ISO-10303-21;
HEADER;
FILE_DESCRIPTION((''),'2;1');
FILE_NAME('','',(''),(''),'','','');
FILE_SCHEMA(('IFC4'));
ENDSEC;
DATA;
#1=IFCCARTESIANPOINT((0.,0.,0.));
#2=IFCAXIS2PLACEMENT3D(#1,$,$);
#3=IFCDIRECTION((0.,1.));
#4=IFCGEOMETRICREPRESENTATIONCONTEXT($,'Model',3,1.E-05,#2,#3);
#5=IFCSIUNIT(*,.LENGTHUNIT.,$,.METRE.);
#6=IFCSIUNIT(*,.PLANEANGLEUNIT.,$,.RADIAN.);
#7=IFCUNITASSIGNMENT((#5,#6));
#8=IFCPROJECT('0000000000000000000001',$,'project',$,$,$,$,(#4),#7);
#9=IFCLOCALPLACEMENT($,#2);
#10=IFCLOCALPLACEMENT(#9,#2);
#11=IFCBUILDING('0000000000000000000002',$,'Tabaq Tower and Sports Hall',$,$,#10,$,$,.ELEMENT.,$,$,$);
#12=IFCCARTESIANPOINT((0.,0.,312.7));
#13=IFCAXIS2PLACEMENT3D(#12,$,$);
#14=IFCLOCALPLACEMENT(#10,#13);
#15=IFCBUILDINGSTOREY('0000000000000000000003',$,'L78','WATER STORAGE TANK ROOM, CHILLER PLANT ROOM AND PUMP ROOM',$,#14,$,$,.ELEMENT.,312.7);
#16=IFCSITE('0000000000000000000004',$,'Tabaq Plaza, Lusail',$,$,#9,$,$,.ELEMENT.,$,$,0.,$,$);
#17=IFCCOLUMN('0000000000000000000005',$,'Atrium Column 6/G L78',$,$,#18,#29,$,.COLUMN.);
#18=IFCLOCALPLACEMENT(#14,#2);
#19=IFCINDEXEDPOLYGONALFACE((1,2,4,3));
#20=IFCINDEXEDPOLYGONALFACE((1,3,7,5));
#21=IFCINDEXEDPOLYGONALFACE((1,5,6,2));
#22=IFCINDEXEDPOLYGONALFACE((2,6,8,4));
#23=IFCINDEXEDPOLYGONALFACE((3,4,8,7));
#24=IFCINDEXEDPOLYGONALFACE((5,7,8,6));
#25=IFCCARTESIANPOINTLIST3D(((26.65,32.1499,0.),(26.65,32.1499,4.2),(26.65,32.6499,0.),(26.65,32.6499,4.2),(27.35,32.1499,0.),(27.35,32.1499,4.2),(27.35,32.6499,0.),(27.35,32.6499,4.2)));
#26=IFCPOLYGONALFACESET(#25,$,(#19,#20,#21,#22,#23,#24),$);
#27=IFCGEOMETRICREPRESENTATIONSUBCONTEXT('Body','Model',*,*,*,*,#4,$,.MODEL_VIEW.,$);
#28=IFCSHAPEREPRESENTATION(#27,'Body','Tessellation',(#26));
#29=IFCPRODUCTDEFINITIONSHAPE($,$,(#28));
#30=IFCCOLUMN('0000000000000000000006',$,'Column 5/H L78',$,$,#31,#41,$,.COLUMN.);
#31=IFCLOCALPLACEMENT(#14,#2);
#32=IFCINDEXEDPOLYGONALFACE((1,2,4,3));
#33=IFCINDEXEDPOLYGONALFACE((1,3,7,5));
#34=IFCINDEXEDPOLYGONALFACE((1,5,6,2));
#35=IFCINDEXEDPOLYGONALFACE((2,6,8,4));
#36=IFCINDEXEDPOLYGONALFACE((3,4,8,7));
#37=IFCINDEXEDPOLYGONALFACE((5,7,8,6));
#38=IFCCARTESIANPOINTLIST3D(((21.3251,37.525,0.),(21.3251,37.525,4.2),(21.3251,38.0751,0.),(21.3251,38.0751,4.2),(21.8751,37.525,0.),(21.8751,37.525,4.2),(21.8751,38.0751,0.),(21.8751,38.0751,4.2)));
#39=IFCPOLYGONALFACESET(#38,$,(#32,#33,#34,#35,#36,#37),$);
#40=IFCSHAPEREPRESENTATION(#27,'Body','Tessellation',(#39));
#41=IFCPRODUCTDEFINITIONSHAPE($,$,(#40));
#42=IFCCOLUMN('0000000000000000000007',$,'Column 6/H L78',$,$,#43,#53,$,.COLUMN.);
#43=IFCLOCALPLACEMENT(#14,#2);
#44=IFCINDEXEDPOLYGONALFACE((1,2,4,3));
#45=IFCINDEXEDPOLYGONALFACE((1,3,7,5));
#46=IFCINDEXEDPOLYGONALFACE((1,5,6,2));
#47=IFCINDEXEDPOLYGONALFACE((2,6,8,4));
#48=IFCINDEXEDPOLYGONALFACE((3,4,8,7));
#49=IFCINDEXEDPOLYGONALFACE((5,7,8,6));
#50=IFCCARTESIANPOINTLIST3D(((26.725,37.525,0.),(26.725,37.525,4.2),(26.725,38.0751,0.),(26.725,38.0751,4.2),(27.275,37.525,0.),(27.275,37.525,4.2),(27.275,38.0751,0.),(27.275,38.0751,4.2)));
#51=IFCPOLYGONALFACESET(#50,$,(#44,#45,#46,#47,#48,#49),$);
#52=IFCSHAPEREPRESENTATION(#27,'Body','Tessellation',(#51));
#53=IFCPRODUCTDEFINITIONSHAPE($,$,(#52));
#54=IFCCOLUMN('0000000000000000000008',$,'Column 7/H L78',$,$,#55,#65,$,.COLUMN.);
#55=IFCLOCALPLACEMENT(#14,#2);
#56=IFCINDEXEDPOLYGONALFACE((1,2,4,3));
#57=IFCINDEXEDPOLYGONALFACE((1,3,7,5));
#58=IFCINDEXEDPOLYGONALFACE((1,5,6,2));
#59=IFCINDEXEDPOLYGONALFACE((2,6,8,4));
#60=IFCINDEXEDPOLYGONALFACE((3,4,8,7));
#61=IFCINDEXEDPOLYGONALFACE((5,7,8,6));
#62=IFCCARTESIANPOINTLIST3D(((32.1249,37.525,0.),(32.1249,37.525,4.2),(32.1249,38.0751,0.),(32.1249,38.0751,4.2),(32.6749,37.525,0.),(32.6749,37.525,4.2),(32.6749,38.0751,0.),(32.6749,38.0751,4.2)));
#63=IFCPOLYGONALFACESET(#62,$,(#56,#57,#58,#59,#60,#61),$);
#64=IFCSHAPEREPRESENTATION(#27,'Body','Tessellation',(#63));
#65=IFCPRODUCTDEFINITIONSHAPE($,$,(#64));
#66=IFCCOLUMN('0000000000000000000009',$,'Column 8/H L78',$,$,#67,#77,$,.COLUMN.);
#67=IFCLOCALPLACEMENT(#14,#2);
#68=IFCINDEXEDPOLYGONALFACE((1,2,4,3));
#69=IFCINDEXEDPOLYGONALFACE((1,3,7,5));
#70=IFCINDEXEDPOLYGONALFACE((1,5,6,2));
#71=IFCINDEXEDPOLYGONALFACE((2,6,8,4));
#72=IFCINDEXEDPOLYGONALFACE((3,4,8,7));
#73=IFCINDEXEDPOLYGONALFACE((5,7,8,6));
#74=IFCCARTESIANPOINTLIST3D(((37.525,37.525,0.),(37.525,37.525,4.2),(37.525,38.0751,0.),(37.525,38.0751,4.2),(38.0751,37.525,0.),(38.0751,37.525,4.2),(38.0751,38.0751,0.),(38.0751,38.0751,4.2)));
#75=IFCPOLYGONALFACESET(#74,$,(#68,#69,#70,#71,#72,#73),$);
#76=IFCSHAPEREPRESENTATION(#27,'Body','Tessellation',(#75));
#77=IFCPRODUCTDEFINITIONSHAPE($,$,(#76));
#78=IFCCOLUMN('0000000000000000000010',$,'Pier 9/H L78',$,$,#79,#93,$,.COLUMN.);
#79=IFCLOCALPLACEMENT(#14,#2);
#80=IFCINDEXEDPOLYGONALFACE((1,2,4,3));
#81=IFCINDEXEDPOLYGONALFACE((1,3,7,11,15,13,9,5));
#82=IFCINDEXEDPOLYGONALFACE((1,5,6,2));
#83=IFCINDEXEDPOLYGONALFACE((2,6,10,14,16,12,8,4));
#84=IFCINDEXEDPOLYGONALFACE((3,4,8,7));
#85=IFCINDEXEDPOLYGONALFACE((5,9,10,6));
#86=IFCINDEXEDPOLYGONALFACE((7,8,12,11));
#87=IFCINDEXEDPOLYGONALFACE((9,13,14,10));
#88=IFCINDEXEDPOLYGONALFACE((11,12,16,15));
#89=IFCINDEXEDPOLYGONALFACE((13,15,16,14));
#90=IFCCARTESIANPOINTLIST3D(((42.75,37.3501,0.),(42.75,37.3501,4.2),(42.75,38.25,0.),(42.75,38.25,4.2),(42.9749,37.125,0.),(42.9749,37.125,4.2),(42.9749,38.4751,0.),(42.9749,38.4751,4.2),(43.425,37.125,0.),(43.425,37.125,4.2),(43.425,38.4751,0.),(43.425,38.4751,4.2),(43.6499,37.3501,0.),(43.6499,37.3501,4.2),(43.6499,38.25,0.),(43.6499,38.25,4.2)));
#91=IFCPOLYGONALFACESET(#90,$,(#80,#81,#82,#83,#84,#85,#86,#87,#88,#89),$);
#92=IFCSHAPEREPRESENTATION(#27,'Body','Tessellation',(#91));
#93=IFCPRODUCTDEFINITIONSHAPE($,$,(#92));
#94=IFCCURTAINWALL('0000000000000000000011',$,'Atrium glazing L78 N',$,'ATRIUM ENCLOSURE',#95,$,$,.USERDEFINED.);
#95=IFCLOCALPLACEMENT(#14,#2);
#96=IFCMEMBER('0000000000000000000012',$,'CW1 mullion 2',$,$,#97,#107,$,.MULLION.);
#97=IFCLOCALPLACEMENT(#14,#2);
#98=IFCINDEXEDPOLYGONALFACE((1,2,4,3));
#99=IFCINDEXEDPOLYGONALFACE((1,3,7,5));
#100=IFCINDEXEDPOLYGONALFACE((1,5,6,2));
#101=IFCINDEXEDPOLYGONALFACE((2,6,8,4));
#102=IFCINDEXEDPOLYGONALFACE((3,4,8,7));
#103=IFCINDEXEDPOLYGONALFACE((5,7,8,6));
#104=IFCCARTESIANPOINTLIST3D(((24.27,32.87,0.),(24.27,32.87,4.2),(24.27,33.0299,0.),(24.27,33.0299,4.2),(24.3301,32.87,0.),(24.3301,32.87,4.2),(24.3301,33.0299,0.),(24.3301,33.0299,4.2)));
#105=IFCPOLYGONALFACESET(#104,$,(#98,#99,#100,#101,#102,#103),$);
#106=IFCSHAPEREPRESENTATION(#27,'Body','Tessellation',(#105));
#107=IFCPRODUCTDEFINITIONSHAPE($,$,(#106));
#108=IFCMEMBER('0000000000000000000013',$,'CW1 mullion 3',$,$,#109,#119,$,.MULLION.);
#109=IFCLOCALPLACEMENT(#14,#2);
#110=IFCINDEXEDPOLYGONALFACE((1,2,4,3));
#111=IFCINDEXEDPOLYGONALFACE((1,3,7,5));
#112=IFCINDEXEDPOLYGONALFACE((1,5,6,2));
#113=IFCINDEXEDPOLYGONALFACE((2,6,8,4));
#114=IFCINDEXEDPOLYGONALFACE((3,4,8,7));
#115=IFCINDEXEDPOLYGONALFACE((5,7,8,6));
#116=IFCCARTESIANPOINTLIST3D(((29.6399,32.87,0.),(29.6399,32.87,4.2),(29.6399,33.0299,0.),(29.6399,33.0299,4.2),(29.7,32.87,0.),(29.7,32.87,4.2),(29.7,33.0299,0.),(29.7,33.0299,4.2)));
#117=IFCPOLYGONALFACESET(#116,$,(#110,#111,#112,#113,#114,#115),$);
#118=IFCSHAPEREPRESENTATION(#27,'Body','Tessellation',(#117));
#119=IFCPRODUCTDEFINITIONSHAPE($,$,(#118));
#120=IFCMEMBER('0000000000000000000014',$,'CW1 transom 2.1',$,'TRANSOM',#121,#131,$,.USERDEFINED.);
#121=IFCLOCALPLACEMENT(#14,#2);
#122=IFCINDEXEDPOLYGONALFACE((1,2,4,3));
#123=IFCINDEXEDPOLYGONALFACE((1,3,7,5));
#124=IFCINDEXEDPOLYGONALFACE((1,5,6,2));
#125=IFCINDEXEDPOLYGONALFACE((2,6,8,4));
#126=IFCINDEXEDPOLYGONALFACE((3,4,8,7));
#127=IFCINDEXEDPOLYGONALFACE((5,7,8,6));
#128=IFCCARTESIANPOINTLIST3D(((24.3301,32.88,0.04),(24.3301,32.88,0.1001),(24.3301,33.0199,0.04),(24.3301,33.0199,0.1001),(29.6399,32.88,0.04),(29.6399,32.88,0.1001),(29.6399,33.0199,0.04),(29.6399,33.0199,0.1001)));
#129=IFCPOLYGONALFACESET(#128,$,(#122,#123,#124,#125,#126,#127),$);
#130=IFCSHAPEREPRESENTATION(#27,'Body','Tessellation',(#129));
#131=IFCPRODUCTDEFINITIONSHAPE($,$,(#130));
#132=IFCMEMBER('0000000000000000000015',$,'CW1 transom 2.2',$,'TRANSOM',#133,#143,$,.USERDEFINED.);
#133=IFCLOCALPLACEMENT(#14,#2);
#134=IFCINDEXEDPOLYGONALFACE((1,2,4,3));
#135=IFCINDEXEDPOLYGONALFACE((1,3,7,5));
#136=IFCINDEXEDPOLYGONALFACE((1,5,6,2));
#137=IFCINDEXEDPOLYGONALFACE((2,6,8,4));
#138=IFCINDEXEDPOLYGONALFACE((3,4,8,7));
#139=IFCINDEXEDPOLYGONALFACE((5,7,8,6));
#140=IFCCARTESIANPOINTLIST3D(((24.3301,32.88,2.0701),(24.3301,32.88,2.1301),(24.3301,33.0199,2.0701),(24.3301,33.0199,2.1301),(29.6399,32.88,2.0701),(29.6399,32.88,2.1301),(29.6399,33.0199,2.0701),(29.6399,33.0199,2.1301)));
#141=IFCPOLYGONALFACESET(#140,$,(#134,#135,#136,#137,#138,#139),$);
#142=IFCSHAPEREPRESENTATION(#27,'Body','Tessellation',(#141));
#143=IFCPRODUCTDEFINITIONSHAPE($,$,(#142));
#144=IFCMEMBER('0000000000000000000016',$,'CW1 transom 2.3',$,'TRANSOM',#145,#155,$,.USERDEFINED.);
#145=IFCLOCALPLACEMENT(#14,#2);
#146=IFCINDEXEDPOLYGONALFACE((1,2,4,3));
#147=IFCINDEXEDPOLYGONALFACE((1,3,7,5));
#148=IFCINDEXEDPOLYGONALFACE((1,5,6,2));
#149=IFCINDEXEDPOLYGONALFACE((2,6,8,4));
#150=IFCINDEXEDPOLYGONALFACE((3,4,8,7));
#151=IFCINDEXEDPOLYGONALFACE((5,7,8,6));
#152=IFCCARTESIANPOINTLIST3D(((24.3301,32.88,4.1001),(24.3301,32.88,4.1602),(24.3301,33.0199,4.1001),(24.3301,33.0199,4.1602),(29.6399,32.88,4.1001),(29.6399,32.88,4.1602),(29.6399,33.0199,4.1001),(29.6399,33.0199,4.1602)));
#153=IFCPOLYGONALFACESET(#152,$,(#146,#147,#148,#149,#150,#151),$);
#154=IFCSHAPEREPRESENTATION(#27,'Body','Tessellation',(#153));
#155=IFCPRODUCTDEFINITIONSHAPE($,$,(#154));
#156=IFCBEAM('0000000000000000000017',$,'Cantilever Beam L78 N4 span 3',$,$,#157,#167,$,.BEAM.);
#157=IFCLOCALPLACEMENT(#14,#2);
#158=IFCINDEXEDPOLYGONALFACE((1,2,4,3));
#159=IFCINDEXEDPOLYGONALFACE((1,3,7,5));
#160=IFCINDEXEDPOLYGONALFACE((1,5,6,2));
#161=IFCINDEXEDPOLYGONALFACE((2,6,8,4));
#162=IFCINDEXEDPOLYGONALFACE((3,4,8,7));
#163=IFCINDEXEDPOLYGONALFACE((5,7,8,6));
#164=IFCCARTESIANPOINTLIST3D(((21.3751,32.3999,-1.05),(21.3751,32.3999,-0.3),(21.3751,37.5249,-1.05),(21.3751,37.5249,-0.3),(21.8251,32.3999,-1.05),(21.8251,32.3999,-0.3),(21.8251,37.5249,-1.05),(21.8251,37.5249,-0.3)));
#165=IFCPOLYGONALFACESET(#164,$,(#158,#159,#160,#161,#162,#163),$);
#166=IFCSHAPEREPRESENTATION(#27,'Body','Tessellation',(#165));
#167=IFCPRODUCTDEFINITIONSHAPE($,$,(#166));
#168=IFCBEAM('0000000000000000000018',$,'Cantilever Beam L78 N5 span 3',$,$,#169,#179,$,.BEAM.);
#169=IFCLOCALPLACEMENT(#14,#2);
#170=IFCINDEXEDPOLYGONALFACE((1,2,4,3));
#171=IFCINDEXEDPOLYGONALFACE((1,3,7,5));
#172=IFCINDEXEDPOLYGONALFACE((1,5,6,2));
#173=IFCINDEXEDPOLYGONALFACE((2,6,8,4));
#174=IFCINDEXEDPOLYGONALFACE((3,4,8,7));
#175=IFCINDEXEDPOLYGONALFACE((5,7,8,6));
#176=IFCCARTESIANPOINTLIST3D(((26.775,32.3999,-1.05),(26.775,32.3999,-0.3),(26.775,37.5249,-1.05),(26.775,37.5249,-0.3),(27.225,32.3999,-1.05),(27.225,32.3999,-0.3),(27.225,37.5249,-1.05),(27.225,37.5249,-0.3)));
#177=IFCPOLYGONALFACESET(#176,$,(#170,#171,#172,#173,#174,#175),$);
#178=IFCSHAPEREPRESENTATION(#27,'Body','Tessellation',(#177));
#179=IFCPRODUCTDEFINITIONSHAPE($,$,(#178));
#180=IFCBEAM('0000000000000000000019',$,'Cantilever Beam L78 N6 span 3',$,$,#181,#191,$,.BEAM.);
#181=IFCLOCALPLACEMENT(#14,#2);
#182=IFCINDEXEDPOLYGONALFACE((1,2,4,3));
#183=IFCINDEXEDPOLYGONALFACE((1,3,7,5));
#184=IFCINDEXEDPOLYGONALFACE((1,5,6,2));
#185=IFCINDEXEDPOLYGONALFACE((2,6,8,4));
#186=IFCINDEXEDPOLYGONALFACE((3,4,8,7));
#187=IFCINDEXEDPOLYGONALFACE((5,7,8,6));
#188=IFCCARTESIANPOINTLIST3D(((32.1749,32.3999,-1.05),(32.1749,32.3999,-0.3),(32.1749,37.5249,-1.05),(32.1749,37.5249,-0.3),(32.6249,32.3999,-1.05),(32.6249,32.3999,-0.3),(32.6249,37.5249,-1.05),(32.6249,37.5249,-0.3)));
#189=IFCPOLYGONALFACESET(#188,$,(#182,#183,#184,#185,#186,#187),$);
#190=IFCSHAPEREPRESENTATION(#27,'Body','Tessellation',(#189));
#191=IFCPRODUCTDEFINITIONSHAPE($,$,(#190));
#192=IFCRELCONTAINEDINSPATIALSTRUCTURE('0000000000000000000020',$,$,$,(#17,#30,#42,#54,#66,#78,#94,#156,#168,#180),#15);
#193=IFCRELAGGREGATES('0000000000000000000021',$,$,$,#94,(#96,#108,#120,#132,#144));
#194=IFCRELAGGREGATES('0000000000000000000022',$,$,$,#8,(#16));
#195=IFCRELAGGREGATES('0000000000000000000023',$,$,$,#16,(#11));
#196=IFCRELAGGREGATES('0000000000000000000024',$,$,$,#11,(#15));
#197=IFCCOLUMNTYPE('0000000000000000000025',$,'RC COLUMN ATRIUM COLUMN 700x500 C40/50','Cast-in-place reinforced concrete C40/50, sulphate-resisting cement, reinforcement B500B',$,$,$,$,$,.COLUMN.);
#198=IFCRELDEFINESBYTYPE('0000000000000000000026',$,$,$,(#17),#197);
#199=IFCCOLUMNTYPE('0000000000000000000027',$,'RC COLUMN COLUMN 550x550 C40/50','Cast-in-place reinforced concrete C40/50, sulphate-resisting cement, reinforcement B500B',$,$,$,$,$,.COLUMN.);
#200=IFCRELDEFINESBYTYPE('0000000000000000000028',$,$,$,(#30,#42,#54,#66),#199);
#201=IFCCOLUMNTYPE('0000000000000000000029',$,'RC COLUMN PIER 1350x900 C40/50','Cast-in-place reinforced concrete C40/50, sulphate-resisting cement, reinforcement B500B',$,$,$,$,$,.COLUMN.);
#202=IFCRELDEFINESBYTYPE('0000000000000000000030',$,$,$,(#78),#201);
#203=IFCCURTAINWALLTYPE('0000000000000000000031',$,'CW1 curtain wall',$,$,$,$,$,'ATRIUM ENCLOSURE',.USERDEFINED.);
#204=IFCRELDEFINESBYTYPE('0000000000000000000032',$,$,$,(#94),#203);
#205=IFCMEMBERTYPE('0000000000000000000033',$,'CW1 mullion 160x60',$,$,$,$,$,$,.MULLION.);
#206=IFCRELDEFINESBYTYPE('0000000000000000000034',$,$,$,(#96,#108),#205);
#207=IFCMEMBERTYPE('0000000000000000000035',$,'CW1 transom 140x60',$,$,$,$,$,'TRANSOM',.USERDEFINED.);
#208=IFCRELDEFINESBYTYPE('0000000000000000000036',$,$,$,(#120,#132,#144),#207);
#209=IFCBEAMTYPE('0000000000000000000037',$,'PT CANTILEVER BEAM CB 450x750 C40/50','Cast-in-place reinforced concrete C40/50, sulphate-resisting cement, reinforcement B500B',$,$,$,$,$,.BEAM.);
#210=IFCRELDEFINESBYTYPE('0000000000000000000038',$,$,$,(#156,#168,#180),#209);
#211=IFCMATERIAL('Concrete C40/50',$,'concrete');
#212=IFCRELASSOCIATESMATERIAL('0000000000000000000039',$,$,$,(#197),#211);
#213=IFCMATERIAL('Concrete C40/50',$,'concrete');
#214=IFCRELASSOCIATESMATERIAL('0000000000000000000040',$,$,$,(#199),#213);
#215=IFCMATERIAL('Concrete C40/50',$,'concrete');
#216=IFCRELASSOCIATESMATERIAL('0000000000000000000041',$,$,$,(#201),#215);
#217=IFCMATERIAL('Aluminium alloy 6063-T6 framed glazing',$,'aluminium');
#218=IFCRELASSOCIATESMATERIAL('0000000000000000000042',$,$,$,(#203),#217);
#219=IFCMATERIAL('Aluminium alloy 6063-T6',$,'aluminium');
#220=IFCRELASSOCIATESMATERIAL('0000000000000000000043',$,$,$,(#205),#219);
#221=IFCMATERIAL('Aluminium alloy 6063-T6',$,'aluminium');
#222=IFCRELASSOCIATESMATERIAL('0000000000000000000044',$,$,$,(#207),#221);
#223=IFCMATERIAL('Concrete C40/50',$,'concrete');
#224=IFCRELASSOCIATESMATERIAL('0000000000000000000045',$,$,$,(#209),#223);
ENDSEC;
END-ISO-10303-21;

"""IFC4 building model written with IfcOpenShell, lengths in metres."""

from ifc_helpers import new_model, si_unit, direction, frame, origin, origin_2d, place, context, subcontext, project, spatial, polyline, rectangle, outline, extrude, material, material_profile, profile_set, type_object, element, aggregate, save


model = new_model("IFC4")

# Units and contexts
model_context = context("Model", 3, precision=1e-05, world=origin(), true_north=direction((0.0, 1.0)))
body_context = subcontext(model_context, "Body", "Model", "MODEL_VIEW")
ifc_project = project(units=[si_unit("LENGTHUNIT", "METRE"), si_unit("PLANEANGLEUNIT", "RADIAN")], contexts=[model_context])

# Site, building, storey
site_placement = place(None, origin())
site = spatial("IfcSite", under=ifc_project, at=site_placement, Name="Tabaq Plaza, Lusail", CompositionType="ELEMENT", RefElevation=0.0)
building_placement = place(site_placement, origin())
building = spatial("IfcBuilding", under=site, at=building_placement, Name="Tabaq Tower and Sports Hall", CompositionType="ELEMENT")
storey_placement = place(building_placement, frame((0.0, 0.0, 312.7)))
storey = spatial("IfcBuildingStorey", under=building, at=storey_placement, Name="L78", Description="WATER STORAGE TANK ROOM, CHILLER PLANT ROOM AND PUMP ROOM", CompositionType="ELEMENT", Elevation=312.7)

# Columns
ifc_material_1 = material(Name="Concrete C40/50", Category="concrete")
ifc_material_profile_1 = material_profile(ifc_material_1, rectangle(XDim=0.7, YDim=0.5, at=origin_2d()), Name="ATRIUM COLUMN 700x500")
ifc_profile_set_1 = profile_set([ifc_material_profile_1], Name="Concrete C40/50")
column_type_1 = type_object("IfcColumnType", Name="RC COLUMN ATRIUM COLUMN 700x500 C40/50", Description="Cast-in-place reinforced concrete C40/50, sulphate-resisting cement, reinforcement B500B", PredefinedType="COLUMN", material=ifc_profile_set_1)
column_1_placement = place(storey_placement, frame((27.0, 32.3999, 0.0), z_axis=(0.0, 0.0, 1.0), x_axis=(1.0, 0.0, 0.0)))
element("IfcColumn", 1, at=column_1_placement, inside=storey, type_object=column_type_1, Name="Atrium Column 6/G L78", PredefinedType="COLUMN", context=body_context, shape_type="SweptSolid", body=[
    extrude(rectangle(XDim=0.7, YDim=0.5, at=origin_2d()), origin(), (0.0, 0.0, 1.0), 4.2),
])
ifc_material_2 = material(Name="Concrete C40/50", Category="concrete")
ifc_material_profile_2 = material_profile(ifc_material_2, rectangle(XDim=0.55, YDim=0.55, at=origin_2d()), Name="COLUMN 550x550")
ifc_profile_set_2 = profile_set([ifc_material_profile_2], Name="Concrete C40/50")
column_type_2 = type_object("IfcColumnType", Name="RC COLUMN COLUMN 550x550 C40/50", Description="Cast-in-place reinforced concrete C40/50, sulphate-resisting cement, reinforcement B500B", PredefinedType="COLUMN", material=ifc_profile_set_2)
for number, where, z_axis, x_axis, name in (
    (2, (21.6001, 37.8, 0.0), (0.0, 0.0, 1.0), (1.0, 0.0, 0.0), "Column 5/H L78"),
    (3, (27.0, 37.8, 0.0), (0.0, 0.0, 1.0), (1.0, 0.0, 0.0), "Column 6/H L78"),
    (4, (32.3999, 37.8, 0.0), (0.0, 0.0, 1.0), (1.0, 0.0, 0.0), "Column 7/H L78"),
    (5, (37.8, 37.8, 0.0), (0.0, 0.0, 1.0), (1.0, 0.0, 0.0), "Column 8/H L78"),
):
    element("IfcColumn", number, at=place(storey_placement, frame(where, z_axis=z_axis, x_axis=x_axis)), inside=storey, type_object=column_type_2, Name=name, PredefinedType="COLUMN", context=body_context, shape_type="SweptSolid", body=[
        extrude(rectangle(XDim=0.55, YDim=0.55, at=origin_2d()), origin(), (0.0, 0.0, 1.0), 4.2),
    ])
ifc_material_3 = material(Name="Concrete C40/50", Category="concrete")
ifc_material_profile_3 = material_profile(ifc_material_3, outline(polyline([(-0.45, -0.45), (0.45, -0.45), (0.675, -0.2251), (0.675, 0.2251), (0.45, 0.45), (-0.45, 0.45), (-0.675, 0.2251), (-0.675, -0.2251), (-0.45, -0.45)])), Name="PIER 1350x900")
ifc_profile_set_3 = profile_set([ifc_material_profile_3], Name="Concrete C40/50")
column_type_3 = type_object("IfcColumnType", Name="RC COLUMN PIER 1350x900 C40/50", Description="Cast-in-place reinforced concrete C40/50, sulphate-resisting cement, reinforcement B500B", PredefinedType="COLUMN", material=ifc_profile_set_3)
column_2_placement = place(storey_placement, frame((43.2, 37.8, 0.0), z_axis=(0.0, 0.0, 1.0), x_axis=(0.0, 1.0, 0.0)))
element("IfcColumn", 6, at=column_2_placement, inside=storey, type_object=column_type_3, Name="Pier 9/H L78", PredefinedType="COLUMN", context=body_context, shape_type="SweptSolid", body=[
    extrude(outline(polyline([(-0.45, -0.45), (0.45, -0.45), (0.675, -0.2251), (0.675, 0.2251), (0.45, 0.45), (-0.45, 0.45), (-0.675, 0.2251), (-0.675, -0.2251), (-0.45, -0.45)])), origin(), (0.0, 0.0, 1.0), 4.2),
])

# Curtain wall, members
ifc_material_4 = material(Name="Aluminium alloy 6063-T6 framed glazing", Category="aluminium")
curtain_wall_type = type_object("IfcCurtainWallType", Name="CW1 curtain wall", ElementType="ATRIUM ENCLOSURE", PredefinedType="USERDEFINED", material=ifc_material_4)
curtain_wall_placement = place(storey_placement, origin())
curtain_wall = element("IfcCurtainWall", 7, at=curtain_wall_placement, inside=storey, type_object=curtain_wall_type, Name="Atrium glazing L78 N", ObjectType="ATRIUM ENCLOSURE", PredefinedType="USERDEFINED")
ifc_material_5 = material(Name="Aluminium alloy 6063-T6", Category="aluminium")
ifc_material_profile_4 = material_profile(ifc_material_5, rectangle(XDim=0.1599, YDim=0.0601, at=origin_2d()), Name="MULLION 160x60")
ifc_profile_set_4 = profile_set([ifc_material_profile_4], Name="Aluminium alloy 6063-T6")
member_type_1 = type_object("IfcMemberType", Name="CW1 mullion 160x60", PredefinedType="MULLION", material=ifc_profile_set_4)
member_1_placement = place(storey_placement, frame((24.3, 32.95, 0.0), z_axis=(0.0, 0.0, 1.0), x_axis=(0.0, 1.0, 0.0)))
member_1 = element("IfcMember", 8, at=member_1_placement, type_object=member_type_1, Name="CW1 mullion 2", PredefinedType="MULLION", context=body_context, shape_type="SweptSolid", body=[
    extrude(rectangle(XDim=0.1599, YDim=0.0601, at=origin_2d()), origin(), (0.0, 0.0, 1.0), 4.2),
])
member_2_placement = place(storey_placement, frame((29.6699, 32.95, 0.0), z_axis=(0.0, 0.0, 1.0), x_axis=(0.0, 1.0, 0.0)))
member_2 = element("IfcMember", 9, at=member_2_placement, type_object=member_type_1, Name="CW1 mullion 3", PredefinedType="MULLION", context=body_context, shape_type="SweptSolid", body=[
    extrude(rectangle(XDim=0.1599, YDim=0.0601, at=origin_2d()), origin(), (0.0, 0.0, 1.0), 4.2),
])
ifc_material_6 = material(Name="Aluminium alloy 6063-T6", Category="aluminium")
ifc_material_profile_5 = material_profile(ifc_material_6, rectangle(XDim=0.1399, YDim=0.0601, at=origin_2d()), Name="TRANSOM 140x60")
ifc_profile_set_5 = profile_set([ifc_material_profile_5], Name="Aluminium alloy 6063-T6")
member_type_2 = type_object("IfcMemberType", Name="CW1 transom 140x60", ElementType="TRANSOM", PredefinedType="USERDEFINED", material=ifc_profile_set_5)
member_3_placement = place(storey_placement, frame((24.3301, 32.95, 0.0701), z_axis=(1.0, 0.0, 0.0), x_axis=(0.0, 1.0, 0.0)))
member_3 = element("IfcMember", 10, at=member_3_placement, type_object=member_type_2, Name="CW1 transom 2.1", ObjectType="TRANSOM", PredefinedType="USERDEFINED", context=body_context, shape_type="SweptSolid", body=[
    extrude(rectangle(XDim=0.1399, YDim=0.0601, at=origin_2d()), origin(), (0.0, 0.0, 1.0), 5.3098),
])
member_4_placement = place(storey_placement, frame((24.3301, 32.95, 2.1001), z_axis=(1.0, 0.0, 0.0), x_axis=(0.0, 1.0, 0.0)))
member_4 = element("IfcMember", 11, at=member_4_placement, type_object=member_type_2, Name="CW1 transom 2.2", ObjectType="TRANSOM", PredefinedType="USERDEFINED", context=body_context, shape_type="SweptSolid", body=[
    extrude(rectangle(XDim=0.1399, YDim=0.0601, at=origin_2d()), origin(), (0.0, 0.0, 1.0), 5.3098),
])
member_5_placement = place(storey_placement, frame((24.3301, 32.95, 4.1301), z_axis=(1.0, 0.0, 0.0), x_axis=(0.0, 1.0, 0.0)))
member_5 = element("IfcMember", 12, at=member_5_placement, type_object=member_type_2, Name="CW1 transom 2.3", ObjectType="TRANSOM", PredefinedType="USERDEFINED", context=body_context, shape_type="SweptSolid", body=[
    extrude(rectangle(XDim=0.1399, YDim=0.0601, at=origin_2d()), origin(), (0.0, 0.0, 1.0), 5.3098),
])

# Beams
ifc_material_7 = material(Name="Concrete C40/50", Category="concrete")
ifc_material_profile_6 = material_profile(ifc_material_7, rectangle(XDim=0.45, YDim=0.75, at=origin_2d()), Name="CB 450x750")
ifc_profile_set_6 = profile_set([ifc_material_profile_6], Name="Concrete C40/50")
beam_type = type_object("IfcBeamType", Name="PT CANTILEVER BEAM CB 450x750 C40/50", Description="Cast-in-place reinforced concrete C40/50, sulphate-resisting cement, reinforcement B500B", PredefinedType="BEAM", material=ifc_profile_set_6)
for number, where, z_axis, x_axis, name in (
    (13, (21.6001, 37.5249, -0.675), (0.0, -1.0, 0.0), (1.0, 0.0, 0.0), "Cantilever Beam L78 N4 span 3"),
    (14, (27.0, 37.5249, -0.675), (0.0, -1.0, 0.0), (1.0, 0.0, 0.0), "Cantilever Beam L78 N5 span 3"),
    (15, (32.3999, 37.5249, -0.675), (0.0, -1.0, 0.0), (1.0, 0.0, 0.0), "Cantilever Beam L78 N6 span 3"),
):
    element("IfcBeam", number, at=place(storey_placement, frame(where, z_axis=z_axis, x_axis=x_axis)), inside=storey, type_object=beam_type, Name=name, PredefinedType="BEAM", context=body_context, shape_type="SweptSolid", body=[
        extrude(rectangle(XDim=0.45, YDim=0.75, at=origin_2d()), origin(), (0.0, 0.0, 1.0), 5.125),
    ])

aggregate(curtain_wall, [member_1, member_2, member_3, member_4, member_5])

save(model, "model.ifc")
